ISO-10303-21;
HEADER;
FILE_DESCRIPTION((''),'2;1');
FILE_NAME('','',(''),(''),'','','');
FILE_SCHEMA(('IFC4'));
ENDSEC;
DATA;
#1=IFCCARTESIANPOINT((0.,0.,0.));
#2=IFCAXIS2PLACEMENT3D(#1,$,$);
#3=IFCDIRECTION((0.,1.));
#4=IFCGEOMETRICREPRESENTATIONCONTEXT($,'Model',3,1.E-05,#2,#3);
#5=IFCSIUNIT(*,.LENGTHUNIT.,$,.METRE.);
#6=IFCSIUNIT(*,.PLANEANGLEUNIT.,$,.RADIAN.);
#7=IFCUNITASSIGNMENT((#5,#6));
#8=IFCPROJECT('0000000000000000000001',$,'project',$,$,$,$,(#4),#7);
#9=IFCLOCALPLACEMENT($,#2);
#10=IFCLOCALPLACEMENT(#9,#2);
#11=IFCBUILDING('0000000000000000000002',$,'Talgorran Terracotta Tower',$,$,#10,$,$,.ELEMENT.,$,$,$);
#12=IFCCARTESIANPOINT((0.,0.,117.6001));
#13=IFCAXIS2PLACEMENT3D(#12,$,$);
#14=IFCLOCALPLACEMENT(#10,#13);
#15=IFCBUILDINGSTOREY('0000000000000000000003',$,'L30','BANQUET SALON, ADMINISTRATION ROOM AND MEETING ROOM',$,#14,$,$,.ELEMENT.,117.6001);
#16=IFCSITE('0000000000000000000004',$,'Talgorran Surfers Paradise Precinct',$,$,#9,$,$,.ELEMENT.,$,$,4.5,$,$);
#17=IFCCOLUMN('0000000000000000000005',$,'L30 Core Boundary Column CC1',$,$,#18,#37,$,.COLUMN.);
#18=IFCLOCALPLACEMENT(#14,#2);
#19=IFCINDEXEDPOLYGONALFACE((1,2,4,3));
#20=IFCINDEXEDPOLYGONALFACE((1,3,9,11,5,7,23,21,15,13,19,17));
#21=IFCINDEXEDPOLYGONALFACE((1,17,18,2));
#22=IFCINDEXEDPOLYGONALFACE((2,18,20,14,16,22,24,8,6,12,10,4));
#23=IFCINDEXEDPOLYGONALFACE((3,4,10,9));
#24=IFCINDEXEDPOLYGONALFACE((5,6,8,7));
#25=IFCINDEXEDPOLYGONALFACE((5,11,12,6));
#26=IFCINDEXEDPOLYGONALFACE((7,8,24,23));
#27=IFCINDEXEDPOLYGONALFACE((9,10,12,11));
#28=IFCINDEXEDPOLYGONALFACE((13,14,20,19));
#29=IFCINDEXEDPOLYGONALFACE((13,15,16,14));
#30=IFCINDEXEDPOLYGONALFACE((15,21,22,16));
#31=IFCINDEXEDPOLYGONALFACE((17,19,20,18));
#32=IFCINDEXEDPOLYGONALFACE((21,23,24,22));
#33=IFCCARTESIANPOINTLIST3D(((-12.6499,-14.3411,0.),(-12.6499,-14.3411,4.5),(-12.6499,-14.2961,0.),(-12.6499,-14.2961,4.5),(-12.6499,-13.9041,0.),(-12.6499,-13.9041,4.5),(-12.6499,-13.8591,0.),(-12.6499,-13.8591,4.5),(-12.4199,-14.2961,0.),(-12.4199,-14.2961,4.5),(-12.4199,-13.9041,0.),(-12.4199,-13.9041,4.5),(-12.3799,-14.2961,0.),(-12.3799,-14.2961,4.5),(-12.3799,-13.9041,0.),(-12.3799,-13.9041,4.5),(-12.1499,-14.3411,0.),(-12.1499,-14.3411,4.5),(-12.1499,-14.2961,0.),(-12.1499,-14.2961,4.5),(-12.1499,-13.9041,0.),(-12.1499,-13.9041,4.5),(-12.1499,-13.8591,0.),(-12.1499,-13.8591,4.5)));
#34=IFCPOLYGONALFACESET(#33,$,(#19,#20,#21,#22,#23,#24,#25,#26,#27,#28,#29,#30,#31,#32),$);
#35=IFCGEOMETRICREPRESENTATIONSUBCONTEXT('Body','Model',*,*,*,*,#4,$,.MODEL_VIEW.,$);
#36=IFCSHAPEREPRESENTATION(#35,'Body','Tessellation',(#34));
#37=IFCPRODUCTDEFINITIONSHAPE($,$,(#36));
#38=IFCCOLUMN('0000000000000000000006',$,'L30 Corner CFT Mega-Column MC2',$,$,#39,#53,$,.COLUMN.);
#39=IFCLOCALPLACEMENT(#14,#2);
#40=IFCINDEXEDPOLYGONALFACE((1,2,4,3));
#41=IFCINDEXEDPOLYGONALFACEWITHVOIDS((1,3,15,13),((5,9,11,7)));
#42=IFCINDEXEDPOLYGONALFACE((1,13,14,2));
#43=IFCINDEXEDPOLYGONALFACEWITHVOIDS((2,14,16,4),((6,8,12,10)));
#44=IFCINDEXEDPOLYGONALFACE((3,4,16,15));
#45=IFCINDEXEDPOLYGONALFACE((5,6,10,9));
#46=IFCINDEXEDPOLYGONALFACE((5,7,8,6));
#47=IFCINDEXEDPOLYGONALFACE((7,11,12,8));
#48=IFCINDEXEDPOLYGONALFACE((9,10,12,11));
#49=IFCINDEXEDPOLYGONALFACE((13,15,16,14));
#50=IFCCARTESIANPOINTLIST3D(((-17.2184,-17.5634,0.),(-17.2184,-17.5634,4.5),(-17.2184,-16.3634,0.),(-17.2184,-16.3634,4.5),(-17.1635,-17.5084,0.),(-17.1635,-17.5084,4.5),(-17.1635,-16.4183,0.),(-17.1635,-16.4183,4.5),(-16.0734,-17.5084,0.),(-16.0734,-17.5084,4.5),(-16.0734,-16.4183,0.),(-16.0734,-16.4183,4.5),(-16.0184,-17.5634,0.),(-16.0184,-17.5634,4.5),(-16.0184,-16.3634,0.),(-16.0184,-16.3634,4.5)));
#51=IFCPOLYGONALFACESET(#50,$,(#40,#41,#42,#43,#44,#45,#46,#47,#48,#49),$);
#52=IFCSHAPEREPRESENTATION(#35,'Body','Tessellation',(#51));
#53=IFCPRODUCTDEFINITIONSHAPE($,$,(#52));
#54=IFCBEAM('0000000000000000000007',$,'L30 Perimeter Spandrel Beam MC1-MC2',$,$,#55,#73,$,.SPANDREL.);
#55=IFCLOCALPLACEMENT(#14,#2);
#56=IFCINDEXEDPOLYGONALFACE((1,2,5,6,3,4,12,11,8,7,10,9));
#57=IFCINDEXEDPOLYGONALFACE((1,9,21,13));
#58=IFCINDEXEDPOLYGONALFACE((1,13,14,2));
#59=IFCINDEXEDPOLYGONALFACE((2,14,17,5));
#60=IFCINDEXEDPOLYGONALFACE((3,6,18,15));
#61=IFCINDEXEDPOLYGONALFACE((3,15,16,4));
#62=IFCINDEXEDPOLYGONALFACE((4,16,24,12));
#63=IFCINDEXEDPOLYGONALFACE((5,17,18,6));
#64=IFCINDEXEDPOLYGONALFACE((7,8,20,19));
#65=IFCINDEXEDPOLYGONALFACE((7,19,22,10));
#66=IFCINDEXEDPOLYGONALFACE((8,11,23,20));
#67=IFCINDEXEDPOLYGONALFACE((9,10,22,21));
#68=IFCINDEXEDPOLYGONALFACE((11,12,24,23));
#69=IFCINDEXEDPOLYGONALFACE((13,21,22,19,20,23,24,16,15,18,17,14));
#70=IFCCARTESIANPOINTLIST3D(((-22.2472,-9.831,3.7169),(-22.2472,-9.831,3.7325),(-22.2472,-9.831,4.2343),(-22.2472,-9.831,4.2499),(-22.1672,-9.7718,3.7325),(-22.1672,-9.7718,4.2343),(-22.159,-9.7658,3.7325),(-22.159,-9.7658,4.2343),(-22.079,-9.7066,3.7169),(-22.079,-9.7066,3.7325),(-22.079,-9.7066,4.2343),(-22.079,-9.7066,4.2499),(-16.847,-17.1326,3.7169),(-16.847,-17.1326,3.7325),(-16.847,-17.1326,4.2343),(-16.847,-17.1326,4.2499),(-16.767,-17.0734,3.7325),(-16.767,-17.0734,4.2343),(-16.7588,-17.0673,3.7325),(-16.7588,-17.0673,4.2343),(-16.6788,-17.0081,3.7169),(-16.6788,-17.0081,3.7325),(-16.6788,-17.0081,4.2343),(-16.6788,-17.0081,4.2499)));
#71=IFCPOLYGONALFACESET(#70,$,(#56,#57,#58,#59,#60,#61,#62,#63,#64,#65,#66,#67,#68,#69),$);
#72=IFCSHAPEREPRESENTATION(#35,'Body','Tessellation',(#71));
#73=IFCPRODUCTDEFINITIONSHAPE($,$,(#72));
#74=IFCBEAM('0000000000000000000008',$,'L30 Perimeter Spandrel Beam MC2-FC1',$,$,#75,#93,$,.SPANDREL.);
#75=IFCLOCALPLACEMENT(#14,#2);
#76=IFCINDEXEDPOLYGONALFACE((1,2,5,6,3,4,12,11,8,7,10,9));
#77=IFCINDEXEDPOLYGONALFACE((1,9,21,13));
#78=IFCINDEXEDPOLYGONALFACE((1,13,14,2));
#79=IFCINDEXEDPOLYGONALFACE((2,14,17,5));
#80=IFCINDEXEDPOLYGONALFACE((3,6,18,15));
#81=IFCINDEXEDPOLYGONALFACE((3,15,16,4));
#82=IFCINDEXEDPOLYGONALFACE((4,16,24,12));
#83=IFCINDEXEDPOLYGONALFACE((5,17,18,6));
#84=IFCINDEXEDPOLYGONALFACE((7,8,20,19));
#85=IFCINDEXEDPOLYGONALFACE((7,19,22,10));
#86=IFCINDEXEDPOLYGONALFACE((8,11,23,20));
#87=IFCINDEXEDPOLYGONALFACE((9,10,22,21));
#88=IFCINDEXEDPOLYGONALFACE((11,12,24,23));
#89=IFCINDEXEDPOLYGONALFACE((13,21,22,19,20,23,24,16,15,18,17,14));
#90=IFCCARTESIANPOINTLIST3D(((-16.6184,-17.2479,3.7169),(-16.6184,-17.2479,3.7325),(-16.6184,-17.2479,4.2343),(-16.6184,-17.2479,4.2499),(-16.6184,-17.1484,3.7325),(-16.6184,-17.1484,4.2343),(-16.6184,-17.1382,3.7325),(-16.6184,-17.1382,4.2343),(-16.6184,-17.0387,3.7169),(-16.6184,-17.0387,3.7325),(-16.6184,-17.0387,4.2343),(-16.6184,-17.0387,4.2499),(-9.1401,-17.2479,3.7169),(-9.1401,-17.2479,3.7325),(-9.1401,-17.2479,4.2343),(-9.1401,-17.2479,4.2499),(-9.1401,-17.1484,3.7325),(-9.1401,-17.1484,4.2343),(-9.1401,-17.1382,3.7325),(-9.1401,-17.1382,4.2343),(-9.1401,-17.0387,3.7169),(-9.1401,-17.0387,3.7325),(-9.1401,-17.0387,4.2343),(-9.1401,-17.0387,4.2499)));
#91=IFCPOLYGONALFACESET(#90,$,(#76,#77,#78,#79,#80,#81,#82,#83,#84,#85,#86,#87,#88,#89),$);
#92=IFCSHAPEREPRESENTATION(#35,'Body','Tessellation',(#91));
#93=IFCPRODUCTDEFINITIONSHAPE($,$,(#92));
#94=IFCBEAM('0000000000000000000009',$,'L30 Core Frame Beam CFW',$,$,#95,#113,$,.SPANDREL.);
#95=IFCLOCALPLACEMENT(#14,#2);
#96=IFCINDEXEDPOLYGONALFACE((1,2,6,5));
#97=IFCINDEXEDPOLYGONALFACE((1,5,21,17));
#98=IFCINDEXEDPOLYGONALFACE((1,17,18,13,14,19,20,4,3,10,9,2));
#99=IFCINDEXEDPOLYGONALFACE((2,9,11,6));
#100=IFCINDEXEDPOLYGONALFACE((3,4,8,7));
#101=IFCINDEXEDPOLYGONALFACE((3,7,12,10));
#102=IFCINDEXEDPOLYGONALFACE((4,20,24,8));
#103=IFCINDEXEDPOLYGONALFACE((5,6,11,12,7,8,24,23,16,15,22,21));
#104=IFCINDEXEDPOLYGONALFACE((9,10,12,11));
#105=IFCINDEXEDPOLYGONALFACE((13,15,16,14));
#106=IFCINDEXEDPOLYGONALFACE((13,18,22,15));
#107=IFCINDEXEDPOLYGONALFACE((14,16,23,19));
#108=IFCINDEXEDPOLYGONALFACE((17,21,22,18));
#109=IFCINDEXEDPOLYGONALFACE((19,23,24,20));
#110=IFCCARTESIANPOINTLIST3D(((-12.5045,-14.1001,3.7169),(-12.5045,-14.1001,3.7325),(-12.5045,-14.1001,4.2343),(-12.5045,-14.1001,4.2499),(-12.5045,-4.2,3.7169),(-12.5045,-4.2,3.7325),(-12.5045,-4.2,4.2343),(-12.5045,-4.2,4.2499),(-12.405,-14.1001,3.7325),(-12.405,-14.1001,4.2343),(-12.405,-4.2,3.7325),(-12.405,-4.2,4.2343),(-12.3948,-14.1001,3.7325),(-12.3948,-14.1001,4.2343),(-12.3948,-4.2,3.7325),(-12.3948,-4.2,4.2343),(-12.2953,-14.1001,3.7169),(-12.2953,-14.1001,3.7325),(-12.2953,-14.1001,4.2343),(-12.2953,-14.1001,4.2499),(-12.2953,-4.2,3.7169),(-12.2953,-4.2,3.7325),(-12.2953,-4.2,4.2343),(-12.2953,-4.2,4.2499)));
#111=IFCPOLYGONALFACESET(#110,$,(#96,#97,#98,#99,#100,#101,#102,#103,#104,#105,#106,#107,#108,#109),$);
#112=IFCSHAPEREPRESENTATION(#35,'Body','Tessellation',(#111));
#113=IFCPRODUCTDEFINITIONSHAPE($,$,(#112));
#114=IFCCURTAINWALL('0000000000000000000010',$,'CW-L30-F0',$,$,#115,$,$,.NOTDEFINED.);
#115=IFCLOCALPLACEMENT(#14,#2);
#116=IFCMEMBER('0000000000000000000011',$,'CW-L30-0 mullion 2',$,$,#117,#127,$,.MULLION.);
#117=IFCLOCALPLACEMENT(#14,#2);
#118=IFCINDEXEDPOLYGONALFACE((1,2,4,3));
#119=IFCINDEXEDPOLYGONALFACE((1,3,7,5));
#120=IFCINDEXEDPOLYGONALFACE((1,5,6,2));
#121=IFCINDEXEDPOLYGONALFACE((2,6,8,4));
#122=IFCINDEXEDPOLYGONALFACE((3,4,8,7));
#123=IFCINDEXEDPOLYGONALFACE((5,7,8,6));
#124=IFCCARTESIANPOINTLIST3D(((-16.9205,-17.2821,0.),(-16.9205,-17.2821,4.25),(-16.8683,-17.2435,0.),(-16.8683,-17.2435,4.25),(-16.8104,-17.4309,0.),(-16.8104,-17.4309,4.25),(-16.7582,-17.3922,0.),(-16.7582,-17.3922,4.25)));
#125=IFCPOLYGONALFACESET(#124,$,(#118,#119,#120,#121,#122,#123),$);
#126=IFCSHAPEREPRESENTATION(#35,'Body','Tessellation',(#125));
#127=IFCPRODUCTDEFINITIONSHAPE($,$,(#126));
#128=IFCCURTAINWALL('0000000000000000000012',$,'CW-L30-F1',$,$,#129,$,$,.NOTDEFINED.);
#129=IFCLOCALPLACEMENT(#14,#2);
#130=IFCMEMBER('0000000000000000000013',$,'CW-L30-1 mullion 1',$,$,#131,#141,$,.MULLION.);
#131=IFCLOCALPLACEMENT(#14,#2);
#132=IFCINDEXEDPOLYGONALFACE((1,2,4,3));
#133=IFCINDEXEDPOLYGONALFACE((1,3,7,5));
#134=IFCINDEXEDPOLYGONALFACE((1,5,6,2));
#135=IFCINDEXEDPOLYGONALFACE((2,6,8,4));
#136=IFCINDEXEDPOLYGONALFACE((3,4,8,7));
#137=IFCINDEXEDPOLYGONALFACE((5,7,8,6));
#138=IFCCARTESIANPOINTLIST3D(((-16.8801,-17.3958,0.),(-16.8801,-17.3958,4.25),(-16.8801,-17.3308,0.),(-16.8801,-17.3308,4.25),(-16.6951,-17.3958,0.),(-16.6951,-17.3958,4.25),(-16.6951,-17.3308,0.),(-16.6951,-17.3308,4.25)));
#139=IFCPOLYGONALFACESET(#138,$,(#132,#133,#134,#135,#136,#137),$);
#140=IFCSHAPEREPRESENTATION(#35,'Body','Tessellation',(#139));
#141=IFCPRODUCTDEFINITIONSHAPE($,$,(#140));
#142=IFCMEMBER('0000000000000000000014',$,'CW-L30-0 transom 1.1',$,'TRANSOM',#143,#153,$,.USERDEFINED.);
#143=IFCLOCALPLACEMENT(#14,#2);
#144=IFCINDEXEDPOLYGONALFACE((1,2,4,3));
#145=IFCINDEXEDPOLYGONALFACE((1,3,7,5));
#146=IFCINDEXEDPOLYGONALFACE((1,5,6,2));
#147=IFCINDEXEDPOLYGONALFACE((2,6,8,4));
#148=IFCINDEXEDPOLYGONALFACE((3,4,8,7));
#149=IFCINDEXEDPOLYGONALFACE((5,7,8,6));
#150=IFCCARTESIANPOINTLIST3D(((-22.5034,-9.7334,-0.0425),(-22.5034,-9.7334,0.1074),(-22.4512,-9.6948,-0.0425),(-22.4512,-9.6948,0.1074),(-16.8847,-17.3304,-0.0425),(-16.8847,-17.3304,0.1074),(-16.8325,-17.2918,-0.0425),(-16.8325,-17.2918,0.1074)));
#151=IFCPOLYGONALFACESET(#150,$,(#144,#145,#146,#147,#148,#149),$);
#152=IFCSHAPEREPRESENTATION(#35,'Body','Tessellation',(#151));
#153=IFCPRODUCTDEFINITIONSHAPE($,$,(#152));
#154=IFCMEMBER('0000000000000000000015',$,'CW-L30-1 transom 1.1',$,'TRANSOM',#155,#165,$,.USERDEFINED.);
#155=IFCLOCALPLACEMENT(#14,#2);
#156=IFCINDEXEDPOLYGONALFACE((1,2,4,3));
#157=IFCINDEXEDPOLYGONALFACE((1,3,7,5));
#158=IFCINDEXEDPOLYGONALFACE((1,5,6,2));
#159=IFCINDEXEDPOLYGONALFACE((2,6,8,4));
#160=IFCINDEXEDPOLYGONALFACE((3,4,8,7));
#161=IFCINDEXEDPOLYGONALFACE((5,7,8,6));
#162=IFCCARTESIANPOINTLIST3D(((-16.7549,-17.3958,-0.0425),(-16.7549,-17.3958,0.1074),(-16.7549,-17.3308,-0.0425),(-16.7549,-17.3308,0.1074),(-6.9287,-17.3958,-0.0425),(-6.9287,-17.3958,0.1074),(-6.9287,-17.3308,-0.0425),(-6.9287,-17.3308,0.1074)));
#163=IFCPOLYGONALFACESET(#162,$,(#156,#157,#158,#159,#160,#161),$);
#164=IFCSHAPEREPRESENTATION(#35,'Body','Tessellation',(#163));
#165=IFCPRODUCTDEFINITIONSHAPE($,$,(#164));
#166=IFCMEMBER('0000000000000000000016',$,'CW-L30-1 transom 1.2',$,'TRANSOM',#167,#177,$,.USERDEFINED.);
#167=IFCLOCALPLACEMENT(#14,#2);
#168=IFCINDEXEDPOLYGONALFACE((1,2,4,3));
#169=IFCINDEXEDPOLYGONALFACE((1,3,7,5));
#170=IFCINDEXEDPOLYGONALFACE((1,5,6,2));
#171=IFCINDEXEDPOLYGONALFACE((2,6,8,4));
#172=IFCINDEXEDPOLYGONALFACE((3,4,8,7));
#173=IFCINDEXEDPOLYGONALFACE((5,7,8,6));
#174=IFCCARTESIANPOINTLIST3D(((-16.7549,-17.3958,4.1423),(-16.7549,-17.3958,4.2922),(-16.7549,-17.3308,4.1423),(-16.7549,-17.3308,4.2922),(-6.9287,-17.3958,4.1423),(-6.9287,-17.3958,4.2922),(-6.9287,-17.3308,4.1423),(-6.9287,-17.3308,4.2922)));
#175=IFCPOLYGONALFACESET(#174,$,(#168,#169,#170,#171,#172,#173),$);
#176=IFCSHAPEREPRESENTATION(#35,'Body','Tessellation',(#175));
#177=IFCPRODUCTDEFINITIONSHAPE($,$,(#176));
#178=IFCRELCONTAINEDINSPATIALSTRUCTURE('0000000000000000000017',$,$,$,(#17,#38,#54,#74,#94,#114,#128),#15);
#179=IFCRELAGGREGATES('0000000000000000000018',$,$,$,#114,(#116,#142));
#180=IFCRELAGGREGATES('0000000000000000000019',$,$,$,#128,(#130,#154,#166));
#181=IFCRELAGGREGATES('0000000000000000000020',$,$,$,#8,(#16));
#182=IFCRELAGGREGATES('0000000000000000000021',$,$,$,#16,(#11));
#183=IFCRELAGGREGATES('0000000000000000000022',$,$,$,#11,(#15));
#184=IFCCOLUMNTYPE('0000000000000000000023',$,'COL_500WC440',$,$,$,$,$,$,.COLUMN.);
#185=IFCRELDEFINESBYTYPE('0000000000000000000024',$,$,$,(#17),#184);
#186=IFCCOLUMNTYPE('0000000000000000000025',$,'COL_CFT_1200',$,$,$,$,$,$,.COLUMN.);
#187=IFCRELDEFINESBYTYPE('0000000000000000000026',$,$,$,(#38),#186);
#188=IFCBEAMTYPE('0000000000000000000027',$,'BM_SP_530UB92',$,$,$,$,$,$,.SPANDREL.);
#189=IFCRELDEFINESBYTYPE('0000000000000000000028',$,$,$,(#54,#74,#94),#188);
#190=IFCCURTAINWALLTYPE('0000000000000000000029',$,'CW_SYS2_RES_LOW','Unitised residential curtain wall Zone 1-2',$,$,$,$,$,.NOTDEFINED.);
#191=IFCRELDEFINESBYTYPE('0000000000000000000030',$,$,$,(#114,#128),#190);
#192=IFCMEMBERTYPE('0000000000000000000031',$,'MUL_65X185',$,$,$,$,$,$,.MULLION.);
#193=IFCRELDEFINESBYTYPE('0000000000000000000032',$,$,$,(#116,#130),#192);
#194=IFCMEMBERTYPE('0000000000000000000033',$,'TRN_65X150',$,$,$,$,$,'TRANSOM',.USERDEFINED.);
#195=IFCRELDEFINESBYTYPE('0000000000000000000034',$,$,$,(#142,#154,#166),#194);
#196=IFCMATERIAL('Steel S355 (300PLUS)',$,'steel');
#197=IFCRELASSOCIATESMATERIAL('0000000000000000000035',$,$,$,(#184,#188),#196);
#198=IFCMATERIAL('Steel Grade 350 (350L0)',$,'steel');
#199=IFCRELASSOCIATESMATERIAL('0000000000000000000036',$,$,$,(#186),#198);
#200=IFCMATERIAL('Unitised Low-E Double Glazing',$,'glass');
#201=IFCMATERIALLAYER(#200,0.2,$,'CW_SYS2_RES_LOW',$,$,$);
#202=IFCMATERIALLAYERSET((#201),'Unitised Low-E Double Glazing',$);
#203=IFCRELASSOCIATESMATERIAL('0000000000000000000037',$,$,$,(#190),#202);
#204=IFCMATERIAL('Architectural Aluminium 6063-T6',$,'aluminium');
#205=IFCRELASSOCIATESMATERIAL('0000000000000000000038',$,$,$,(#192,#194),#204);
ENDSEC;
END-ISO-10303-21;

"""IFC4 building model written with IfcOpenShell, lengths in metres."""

from ifc_helpers import new_model, si_unit, direction, frame, origin, origin_2d, place, context, subcontext, project, spatial, rectangle, hollow_rectangle, i_section, extrude, material, layer, layer_set, material_profile, profile_set, type_object, element, aggregate, save


model = new_model("IFC4")

# Units and contexts
model_context = context("Model", 3, precision=1e-05, world=origin(), true_north=direction((0.0, 1.0)))
body_context = subcontext(model_context, "Body", "Model", "MODEL_VIEW")
ifc_project = project(units=[si_unit("LENGTHUNIT", "METRE"), si_unit("PLANEANGLEUNIT", "RADIAN")], contexts=[model_context])

# Site, building, storey
site_placement = place(None, origin())
site = spatial("IfcSite", under=ifc_project, at=site_placement, Name="Talgorran Surfers Paradise Precinct", CompositionType="ELEMENT", RefElevation=4.5)
building_placement = place(site_placement, origin())
building = spatial("IfcBuilding", under=site, at=building_placement, Name="Talgorran Terracotta Tower", CompositionType="ELEMENT")
storey_placement = place(building_placement, frame((0.0, 0.0, 117.6001)))
storey = spatial("IfcBuildingStorey", under=building, at=storey_placement, Name="L30", Description="BANQUET SALON, ADMINISTRATION ROOM AND MEETING ROOM", CompositionType="ELEMENT", Elevation=117.6001)

# Columns
ifc_material_1 = material(Name="Steel S355 (300PLUS)", Category="steel")
ifc_material_profile_1 = material_profile(ifc_material_1, i_section(OverallWidth=0.5, OverallDepth=0.4819, WebThickness=0.04, FlangeThickness=0.0449, at=origin_2d()), Name="500WC440")
ifc_profile_set_1 = profile_set([ifc_material_profile_1], Name="Steel S355 (300PLUS)")
column_type_1 = type_object("IfcColumnType", Name="COL_500WC440", PredefinedType="COLUMN", material=ifc_profile_set_1)
column_1_placement = place(storey_placement, frame((-12.3999, -14.1001, 0.0), z_axis=(0.0, 0.0, 1.0), x_axis=(1.0, 0.0, 0.0)))
element("IfcColumn", 1, at=column_1_placement, inside=storey, type_object=column_type_1, Name="L30 Core Boundary Column CC1", PredefinedType="COLUMN", context=body_context, shape_type="SweptSolid", body=[
    extrude(i_section(OverallWidth=0.5, OverallDepth=0.4819, WebThickness=0.04, FlangeThickness=0.0449, at=origin_2d()), origin(), (0.0, 0.0, 1.0), 4.5),
])
ifc_material_2 = material(Name="Steel Grade 350 (350L0)", Category="steel")
ifc_material_profile_2 = material_profile(ifc_material_2, hollow_rectangle(XDim=1.2, YDim=1.2, WallThickness=0.0549, at=origin_2d()), Name="CFT1200X1200X55")
ifc_profile_set_2 = profile_set([ifc_material_profile_2], Name="Steel Grade 350 (350L0)")
column_type_2 = type_object("IfcColumnType", Name="COL_CFT_1200", PredefinedType="COLUMN", material=ifc_profile_set_2)
column_2_placement = place(storey_placement, frame((-16.6184, -16.9634, 0.0), z_axis=(0.0, 0.0, 1.0), x_axis=(1.0, 0.0, 0.0)))
element("IfcColumn", 2, at=column_2_placement, inside=storey, type_object=column_type_2, Name="L30 Corner CFT Mega-Column MC2", PredefinedType="COLUMN", context=body_context, shape_type="SweptSolid", body=[
    extrude(hollow_rectangle(XDim=1.2, YDim=1.2, WallThickness=0.0549, at=origin_2d()), origin(), (0.0, 0.0, 1.0), 4.5),
])

# Beams
ifc_material_profile_3 = material_profile(ifc_material_1, i_section(OverallWidth=0.2092, OverallDepth=0.533, WebThickness=0.0103, FlangeThickness=0.0156, at=origin_2d()), Name="530UB92.4")
ifc_profile_set_3 = profile_set([ifc_material_profile_3], Name="Steel S355 (300PLUS)")
beam_type = type_object("IfcBeamType", Name="BM_SP_530UB92", PredefinedType="SPANDREL", material=ifc_profile_set_3)
beam_1_placement = place(storey_placement, frame((-22.1631, -9.7688, 3.9834), z_axis=(0.594631, -0.803998, 0.0), x_axis=(0.803998, 0.594631, 0.0)))
element("IfcBeam", 3, at=beam_1_placement, inside=storey, type_object=beam_type, Name="L30 Perimeter Spandrel Beam MC1-MC2", PredefinedType="SPANDREL", context=body_context, shape_type="SweptSolid", body=[
    extrude(i_section(OverallWidth=0.2092, OverallDepth=0.533, WebThickness=0.0103, FlangeThickness=0.0156, at=origin_2d()), origin(), (0.0, 0.0, 1.0), 9.0815),
])
beam_2_placement = place(storey_placement, frame((-16.6184, -17.1433, 3.9834), z_axis=(1.0, 0.0, 0.0), x_axis=(0.0, 1.0, 0.0)))
element("IfcBeam", 4, at=beam_2_placement, inside=storey, type_object=beam_type, Name="L30 Perimeter Spandrel Beam MC2-FC1", PredefinedType="SPANDREL", context=body_context, shape_type="SweptSolid", body=[
    extrude(i_section(OverallWidth=0.2092, OverallDepth=0.533, WebThickness=0.0103, FlangeThickness=0.0156, at=origin_2d()), origin(), (0.0, 0.0, 1.0), 7.4783),
])
beam_3_placement = place(storey_placement, frame((-12.3999, -14.1001, 3.9834), z_axis=(0.0, 1.0, 0.0), x_axis=(-1.0, 0.0, 0.0)))
element("IfcBeam", 5, at=beam_3_placement, inside=storey, type_object=beam_type, Name="L30 Core Frame Beam CFW", PredefinedType="SPANDREL", context=body_context, shape_type="SweptSolid", body=[
    extrude(i_section(OverallWidth=0.2092, OverallDepth=0.533, WebThickness=0.0103, FlangeThickness=0.0156, at=origin_2d()), origin(), (0.0, 0.0, 1.0), 9.9001),
])

# Curtain walls, members
ifc_material_3 = material(Name="Unitised Low-E Double Glazing", Category="glass")
ifc_layer_1 = layer(ifc_material_3, 0.2, Name="CW_SYS2_RES_LOW")
ifc_layer_set_1 = layer_set([ifc_layer_1], Name="Unitised Low-E Double Glazing")
curtain_wall_type = type_object("IfcCurtainWallType", Name="CW_SYS2_RES_LOW", Description="Unitised residential curtain wall Zone 1-2", PredefinedType="NOTDEFINED", material=ifc_layer_set_1)
curtain_wall_1_placement = place(storey_placement, origin())
curtain_wall_1 = element("IfcCurtainWall", 6, at=curtain_wall_1_placement, inside=storey, type_object=curtain_wall_type, Name="CW-L30-F0", PredefinedType="NOTDEFINED")
ifc_material_4 = material(Name="Architectural Aluminium 6063-T6", Category="aluminium")
ifc_material_profile_4 = material_profile(ifc_material_4, rectangle(XDim=0.0649, YDim=0.1851, at=origin_2d()), Name="CWM65X185")
ifc_profile_set_4 = profile_set([ifc_material_profile_4], Name="Architectural Aluminium 6063-T6")
member_type_1 = type_object("IfcMemberType", Name="MUL_65X185", PredefinedType="MULLION", material=ifc_profile_set_4)
member_1_placement = place(storey_placement, frame((-16.8394, -17.3372, 0.0), z_axis=(0.0, 0.0, 1.0), x_axis=(0.803993, 0.594638, 0.0)))
member_1 = element("IfcMember", 7, at=member_1_placement, type_object=member_type_1, Name="CW-L30-0 mullion 2", PredefinedType="MULLION", context=body_context, shape_type="SweptSolid", body=[
    extrude(rectangle(XDim=0.0649, YDim=0.1851, at=origin_2d()), origin(), (0.0, 0.0, 1.0), 4.25),
])
curtain_wall_2_placement = place(storey_placement, origin())
curtain_wall_2 = element("IfcCurtainWall", 8, at=curtain_wall_2_placement, inside=storey, type_object=curtain_wall_type, Name="CW-L30-F1", PredefinedType="NOTDEFINED")
member_2_placement = place(storey_placement, frame((-16.7876, -17.3633, 0.0), z_axis=(0.0, 0.0, 1.0), x_axis=(0.0, 1.0, 0.0)))
member_2 = element("IfcMember", 9, at=member_2_placement, type_object=member_type_1, Name="CW-L30-1 mullion 1", PredefinedType="MULLION", context=body_context, shape_type="SweptSolid", body=[
    extrude(rectangle(XDim=0.0649, YDim=0.1851, at=origin_2d()), origin(), (0.0, 0.0, 1.0), 4.25),
])

# Members
ifc_material_profile_5 = material_profile(ifc_material_4, rectangle(XDim=0.0649, YDim=0.1499, at=origin_2d()), Name="CWT65X150")
ifc_profile_set_5 = profile_set([ifc_material_profile_5], Name="Architectural Aluminium 6063-T6")
member_type_2 = type_object("IfcMemberType", Name="TRN_65X150", ElementType="TRANSOM", PredefinedType="USERDEFINED", material=ifc_profile_set_5)
member_3_placement = place(storey_placement, frame((-22.4773, -9.7141, 0.0325), z_axis=(0.594633, -0.803997, 0.0), x_axis=(0.803997, 0.594633, 0.0)))
member_3 = element("IfcMember", 10, at=member_3_placement, type_object=member_type_2, Name="CW-L30-0 transom 1.1", ObjectType="TRANSOM", PredefinedType="USERDEFINED", context=body_context, shape_type="SweptSolid", body=[
    extrude(rectangle(XDim=0.0649, YDim=0.1499, at=origin_2d()), origin(), (0.0, 0.0, 1.0), 9.449),
])
member_4_placement = place(storey_placement, frame((-16.7549, -17.3633, 0.0325), z_axis=(1.0, 0.0, 0.0), x_axis=(0.0, 1.0, 0.0)))
member_4 = element("IfcMember", 11, at=member_4_placement, type_object=member_type_2, Name="CW-L30-1 transom 1.1", ObjectType="TRANSOM", PredefinedType="USERDEFINED", context=body_context, shape_type="SweptSolid", body=[
    extrude(rectangle(XDim=0.0649, YDim=0.1499, at=origin_2d()), origin(), (0.0, 0.0, 1.0), 9.8262),
])
member_5_placement = place(storey_placement, frame((-16.7549, -17.3633, 4.2173), z_axis=(1.0, 0.0, 0.0), x_axis=(0.0, 1.0, 0.0)))
member_5 = element("IfcMember", 12, at=member_5_placement, type_object=member_type_2, Name="CW-L30-1 transom 1.2", ObjectType="TRANSOM", PredefinedType="USERDEFINED", context=body_context, shape_type="SweptSolid", body=[
    extrude(rectangle(XDim=0.0649, YDim=0.1499, at=origin_2d()), origin(), (0.0, 0.0, 1.0), 9.8262),
])

aggregate(curtain_wall_1, [member_1, member_3])
aggregate(curtain_wall_2, [member_2, member_4, member_5])

save(model, "model.ifc")
